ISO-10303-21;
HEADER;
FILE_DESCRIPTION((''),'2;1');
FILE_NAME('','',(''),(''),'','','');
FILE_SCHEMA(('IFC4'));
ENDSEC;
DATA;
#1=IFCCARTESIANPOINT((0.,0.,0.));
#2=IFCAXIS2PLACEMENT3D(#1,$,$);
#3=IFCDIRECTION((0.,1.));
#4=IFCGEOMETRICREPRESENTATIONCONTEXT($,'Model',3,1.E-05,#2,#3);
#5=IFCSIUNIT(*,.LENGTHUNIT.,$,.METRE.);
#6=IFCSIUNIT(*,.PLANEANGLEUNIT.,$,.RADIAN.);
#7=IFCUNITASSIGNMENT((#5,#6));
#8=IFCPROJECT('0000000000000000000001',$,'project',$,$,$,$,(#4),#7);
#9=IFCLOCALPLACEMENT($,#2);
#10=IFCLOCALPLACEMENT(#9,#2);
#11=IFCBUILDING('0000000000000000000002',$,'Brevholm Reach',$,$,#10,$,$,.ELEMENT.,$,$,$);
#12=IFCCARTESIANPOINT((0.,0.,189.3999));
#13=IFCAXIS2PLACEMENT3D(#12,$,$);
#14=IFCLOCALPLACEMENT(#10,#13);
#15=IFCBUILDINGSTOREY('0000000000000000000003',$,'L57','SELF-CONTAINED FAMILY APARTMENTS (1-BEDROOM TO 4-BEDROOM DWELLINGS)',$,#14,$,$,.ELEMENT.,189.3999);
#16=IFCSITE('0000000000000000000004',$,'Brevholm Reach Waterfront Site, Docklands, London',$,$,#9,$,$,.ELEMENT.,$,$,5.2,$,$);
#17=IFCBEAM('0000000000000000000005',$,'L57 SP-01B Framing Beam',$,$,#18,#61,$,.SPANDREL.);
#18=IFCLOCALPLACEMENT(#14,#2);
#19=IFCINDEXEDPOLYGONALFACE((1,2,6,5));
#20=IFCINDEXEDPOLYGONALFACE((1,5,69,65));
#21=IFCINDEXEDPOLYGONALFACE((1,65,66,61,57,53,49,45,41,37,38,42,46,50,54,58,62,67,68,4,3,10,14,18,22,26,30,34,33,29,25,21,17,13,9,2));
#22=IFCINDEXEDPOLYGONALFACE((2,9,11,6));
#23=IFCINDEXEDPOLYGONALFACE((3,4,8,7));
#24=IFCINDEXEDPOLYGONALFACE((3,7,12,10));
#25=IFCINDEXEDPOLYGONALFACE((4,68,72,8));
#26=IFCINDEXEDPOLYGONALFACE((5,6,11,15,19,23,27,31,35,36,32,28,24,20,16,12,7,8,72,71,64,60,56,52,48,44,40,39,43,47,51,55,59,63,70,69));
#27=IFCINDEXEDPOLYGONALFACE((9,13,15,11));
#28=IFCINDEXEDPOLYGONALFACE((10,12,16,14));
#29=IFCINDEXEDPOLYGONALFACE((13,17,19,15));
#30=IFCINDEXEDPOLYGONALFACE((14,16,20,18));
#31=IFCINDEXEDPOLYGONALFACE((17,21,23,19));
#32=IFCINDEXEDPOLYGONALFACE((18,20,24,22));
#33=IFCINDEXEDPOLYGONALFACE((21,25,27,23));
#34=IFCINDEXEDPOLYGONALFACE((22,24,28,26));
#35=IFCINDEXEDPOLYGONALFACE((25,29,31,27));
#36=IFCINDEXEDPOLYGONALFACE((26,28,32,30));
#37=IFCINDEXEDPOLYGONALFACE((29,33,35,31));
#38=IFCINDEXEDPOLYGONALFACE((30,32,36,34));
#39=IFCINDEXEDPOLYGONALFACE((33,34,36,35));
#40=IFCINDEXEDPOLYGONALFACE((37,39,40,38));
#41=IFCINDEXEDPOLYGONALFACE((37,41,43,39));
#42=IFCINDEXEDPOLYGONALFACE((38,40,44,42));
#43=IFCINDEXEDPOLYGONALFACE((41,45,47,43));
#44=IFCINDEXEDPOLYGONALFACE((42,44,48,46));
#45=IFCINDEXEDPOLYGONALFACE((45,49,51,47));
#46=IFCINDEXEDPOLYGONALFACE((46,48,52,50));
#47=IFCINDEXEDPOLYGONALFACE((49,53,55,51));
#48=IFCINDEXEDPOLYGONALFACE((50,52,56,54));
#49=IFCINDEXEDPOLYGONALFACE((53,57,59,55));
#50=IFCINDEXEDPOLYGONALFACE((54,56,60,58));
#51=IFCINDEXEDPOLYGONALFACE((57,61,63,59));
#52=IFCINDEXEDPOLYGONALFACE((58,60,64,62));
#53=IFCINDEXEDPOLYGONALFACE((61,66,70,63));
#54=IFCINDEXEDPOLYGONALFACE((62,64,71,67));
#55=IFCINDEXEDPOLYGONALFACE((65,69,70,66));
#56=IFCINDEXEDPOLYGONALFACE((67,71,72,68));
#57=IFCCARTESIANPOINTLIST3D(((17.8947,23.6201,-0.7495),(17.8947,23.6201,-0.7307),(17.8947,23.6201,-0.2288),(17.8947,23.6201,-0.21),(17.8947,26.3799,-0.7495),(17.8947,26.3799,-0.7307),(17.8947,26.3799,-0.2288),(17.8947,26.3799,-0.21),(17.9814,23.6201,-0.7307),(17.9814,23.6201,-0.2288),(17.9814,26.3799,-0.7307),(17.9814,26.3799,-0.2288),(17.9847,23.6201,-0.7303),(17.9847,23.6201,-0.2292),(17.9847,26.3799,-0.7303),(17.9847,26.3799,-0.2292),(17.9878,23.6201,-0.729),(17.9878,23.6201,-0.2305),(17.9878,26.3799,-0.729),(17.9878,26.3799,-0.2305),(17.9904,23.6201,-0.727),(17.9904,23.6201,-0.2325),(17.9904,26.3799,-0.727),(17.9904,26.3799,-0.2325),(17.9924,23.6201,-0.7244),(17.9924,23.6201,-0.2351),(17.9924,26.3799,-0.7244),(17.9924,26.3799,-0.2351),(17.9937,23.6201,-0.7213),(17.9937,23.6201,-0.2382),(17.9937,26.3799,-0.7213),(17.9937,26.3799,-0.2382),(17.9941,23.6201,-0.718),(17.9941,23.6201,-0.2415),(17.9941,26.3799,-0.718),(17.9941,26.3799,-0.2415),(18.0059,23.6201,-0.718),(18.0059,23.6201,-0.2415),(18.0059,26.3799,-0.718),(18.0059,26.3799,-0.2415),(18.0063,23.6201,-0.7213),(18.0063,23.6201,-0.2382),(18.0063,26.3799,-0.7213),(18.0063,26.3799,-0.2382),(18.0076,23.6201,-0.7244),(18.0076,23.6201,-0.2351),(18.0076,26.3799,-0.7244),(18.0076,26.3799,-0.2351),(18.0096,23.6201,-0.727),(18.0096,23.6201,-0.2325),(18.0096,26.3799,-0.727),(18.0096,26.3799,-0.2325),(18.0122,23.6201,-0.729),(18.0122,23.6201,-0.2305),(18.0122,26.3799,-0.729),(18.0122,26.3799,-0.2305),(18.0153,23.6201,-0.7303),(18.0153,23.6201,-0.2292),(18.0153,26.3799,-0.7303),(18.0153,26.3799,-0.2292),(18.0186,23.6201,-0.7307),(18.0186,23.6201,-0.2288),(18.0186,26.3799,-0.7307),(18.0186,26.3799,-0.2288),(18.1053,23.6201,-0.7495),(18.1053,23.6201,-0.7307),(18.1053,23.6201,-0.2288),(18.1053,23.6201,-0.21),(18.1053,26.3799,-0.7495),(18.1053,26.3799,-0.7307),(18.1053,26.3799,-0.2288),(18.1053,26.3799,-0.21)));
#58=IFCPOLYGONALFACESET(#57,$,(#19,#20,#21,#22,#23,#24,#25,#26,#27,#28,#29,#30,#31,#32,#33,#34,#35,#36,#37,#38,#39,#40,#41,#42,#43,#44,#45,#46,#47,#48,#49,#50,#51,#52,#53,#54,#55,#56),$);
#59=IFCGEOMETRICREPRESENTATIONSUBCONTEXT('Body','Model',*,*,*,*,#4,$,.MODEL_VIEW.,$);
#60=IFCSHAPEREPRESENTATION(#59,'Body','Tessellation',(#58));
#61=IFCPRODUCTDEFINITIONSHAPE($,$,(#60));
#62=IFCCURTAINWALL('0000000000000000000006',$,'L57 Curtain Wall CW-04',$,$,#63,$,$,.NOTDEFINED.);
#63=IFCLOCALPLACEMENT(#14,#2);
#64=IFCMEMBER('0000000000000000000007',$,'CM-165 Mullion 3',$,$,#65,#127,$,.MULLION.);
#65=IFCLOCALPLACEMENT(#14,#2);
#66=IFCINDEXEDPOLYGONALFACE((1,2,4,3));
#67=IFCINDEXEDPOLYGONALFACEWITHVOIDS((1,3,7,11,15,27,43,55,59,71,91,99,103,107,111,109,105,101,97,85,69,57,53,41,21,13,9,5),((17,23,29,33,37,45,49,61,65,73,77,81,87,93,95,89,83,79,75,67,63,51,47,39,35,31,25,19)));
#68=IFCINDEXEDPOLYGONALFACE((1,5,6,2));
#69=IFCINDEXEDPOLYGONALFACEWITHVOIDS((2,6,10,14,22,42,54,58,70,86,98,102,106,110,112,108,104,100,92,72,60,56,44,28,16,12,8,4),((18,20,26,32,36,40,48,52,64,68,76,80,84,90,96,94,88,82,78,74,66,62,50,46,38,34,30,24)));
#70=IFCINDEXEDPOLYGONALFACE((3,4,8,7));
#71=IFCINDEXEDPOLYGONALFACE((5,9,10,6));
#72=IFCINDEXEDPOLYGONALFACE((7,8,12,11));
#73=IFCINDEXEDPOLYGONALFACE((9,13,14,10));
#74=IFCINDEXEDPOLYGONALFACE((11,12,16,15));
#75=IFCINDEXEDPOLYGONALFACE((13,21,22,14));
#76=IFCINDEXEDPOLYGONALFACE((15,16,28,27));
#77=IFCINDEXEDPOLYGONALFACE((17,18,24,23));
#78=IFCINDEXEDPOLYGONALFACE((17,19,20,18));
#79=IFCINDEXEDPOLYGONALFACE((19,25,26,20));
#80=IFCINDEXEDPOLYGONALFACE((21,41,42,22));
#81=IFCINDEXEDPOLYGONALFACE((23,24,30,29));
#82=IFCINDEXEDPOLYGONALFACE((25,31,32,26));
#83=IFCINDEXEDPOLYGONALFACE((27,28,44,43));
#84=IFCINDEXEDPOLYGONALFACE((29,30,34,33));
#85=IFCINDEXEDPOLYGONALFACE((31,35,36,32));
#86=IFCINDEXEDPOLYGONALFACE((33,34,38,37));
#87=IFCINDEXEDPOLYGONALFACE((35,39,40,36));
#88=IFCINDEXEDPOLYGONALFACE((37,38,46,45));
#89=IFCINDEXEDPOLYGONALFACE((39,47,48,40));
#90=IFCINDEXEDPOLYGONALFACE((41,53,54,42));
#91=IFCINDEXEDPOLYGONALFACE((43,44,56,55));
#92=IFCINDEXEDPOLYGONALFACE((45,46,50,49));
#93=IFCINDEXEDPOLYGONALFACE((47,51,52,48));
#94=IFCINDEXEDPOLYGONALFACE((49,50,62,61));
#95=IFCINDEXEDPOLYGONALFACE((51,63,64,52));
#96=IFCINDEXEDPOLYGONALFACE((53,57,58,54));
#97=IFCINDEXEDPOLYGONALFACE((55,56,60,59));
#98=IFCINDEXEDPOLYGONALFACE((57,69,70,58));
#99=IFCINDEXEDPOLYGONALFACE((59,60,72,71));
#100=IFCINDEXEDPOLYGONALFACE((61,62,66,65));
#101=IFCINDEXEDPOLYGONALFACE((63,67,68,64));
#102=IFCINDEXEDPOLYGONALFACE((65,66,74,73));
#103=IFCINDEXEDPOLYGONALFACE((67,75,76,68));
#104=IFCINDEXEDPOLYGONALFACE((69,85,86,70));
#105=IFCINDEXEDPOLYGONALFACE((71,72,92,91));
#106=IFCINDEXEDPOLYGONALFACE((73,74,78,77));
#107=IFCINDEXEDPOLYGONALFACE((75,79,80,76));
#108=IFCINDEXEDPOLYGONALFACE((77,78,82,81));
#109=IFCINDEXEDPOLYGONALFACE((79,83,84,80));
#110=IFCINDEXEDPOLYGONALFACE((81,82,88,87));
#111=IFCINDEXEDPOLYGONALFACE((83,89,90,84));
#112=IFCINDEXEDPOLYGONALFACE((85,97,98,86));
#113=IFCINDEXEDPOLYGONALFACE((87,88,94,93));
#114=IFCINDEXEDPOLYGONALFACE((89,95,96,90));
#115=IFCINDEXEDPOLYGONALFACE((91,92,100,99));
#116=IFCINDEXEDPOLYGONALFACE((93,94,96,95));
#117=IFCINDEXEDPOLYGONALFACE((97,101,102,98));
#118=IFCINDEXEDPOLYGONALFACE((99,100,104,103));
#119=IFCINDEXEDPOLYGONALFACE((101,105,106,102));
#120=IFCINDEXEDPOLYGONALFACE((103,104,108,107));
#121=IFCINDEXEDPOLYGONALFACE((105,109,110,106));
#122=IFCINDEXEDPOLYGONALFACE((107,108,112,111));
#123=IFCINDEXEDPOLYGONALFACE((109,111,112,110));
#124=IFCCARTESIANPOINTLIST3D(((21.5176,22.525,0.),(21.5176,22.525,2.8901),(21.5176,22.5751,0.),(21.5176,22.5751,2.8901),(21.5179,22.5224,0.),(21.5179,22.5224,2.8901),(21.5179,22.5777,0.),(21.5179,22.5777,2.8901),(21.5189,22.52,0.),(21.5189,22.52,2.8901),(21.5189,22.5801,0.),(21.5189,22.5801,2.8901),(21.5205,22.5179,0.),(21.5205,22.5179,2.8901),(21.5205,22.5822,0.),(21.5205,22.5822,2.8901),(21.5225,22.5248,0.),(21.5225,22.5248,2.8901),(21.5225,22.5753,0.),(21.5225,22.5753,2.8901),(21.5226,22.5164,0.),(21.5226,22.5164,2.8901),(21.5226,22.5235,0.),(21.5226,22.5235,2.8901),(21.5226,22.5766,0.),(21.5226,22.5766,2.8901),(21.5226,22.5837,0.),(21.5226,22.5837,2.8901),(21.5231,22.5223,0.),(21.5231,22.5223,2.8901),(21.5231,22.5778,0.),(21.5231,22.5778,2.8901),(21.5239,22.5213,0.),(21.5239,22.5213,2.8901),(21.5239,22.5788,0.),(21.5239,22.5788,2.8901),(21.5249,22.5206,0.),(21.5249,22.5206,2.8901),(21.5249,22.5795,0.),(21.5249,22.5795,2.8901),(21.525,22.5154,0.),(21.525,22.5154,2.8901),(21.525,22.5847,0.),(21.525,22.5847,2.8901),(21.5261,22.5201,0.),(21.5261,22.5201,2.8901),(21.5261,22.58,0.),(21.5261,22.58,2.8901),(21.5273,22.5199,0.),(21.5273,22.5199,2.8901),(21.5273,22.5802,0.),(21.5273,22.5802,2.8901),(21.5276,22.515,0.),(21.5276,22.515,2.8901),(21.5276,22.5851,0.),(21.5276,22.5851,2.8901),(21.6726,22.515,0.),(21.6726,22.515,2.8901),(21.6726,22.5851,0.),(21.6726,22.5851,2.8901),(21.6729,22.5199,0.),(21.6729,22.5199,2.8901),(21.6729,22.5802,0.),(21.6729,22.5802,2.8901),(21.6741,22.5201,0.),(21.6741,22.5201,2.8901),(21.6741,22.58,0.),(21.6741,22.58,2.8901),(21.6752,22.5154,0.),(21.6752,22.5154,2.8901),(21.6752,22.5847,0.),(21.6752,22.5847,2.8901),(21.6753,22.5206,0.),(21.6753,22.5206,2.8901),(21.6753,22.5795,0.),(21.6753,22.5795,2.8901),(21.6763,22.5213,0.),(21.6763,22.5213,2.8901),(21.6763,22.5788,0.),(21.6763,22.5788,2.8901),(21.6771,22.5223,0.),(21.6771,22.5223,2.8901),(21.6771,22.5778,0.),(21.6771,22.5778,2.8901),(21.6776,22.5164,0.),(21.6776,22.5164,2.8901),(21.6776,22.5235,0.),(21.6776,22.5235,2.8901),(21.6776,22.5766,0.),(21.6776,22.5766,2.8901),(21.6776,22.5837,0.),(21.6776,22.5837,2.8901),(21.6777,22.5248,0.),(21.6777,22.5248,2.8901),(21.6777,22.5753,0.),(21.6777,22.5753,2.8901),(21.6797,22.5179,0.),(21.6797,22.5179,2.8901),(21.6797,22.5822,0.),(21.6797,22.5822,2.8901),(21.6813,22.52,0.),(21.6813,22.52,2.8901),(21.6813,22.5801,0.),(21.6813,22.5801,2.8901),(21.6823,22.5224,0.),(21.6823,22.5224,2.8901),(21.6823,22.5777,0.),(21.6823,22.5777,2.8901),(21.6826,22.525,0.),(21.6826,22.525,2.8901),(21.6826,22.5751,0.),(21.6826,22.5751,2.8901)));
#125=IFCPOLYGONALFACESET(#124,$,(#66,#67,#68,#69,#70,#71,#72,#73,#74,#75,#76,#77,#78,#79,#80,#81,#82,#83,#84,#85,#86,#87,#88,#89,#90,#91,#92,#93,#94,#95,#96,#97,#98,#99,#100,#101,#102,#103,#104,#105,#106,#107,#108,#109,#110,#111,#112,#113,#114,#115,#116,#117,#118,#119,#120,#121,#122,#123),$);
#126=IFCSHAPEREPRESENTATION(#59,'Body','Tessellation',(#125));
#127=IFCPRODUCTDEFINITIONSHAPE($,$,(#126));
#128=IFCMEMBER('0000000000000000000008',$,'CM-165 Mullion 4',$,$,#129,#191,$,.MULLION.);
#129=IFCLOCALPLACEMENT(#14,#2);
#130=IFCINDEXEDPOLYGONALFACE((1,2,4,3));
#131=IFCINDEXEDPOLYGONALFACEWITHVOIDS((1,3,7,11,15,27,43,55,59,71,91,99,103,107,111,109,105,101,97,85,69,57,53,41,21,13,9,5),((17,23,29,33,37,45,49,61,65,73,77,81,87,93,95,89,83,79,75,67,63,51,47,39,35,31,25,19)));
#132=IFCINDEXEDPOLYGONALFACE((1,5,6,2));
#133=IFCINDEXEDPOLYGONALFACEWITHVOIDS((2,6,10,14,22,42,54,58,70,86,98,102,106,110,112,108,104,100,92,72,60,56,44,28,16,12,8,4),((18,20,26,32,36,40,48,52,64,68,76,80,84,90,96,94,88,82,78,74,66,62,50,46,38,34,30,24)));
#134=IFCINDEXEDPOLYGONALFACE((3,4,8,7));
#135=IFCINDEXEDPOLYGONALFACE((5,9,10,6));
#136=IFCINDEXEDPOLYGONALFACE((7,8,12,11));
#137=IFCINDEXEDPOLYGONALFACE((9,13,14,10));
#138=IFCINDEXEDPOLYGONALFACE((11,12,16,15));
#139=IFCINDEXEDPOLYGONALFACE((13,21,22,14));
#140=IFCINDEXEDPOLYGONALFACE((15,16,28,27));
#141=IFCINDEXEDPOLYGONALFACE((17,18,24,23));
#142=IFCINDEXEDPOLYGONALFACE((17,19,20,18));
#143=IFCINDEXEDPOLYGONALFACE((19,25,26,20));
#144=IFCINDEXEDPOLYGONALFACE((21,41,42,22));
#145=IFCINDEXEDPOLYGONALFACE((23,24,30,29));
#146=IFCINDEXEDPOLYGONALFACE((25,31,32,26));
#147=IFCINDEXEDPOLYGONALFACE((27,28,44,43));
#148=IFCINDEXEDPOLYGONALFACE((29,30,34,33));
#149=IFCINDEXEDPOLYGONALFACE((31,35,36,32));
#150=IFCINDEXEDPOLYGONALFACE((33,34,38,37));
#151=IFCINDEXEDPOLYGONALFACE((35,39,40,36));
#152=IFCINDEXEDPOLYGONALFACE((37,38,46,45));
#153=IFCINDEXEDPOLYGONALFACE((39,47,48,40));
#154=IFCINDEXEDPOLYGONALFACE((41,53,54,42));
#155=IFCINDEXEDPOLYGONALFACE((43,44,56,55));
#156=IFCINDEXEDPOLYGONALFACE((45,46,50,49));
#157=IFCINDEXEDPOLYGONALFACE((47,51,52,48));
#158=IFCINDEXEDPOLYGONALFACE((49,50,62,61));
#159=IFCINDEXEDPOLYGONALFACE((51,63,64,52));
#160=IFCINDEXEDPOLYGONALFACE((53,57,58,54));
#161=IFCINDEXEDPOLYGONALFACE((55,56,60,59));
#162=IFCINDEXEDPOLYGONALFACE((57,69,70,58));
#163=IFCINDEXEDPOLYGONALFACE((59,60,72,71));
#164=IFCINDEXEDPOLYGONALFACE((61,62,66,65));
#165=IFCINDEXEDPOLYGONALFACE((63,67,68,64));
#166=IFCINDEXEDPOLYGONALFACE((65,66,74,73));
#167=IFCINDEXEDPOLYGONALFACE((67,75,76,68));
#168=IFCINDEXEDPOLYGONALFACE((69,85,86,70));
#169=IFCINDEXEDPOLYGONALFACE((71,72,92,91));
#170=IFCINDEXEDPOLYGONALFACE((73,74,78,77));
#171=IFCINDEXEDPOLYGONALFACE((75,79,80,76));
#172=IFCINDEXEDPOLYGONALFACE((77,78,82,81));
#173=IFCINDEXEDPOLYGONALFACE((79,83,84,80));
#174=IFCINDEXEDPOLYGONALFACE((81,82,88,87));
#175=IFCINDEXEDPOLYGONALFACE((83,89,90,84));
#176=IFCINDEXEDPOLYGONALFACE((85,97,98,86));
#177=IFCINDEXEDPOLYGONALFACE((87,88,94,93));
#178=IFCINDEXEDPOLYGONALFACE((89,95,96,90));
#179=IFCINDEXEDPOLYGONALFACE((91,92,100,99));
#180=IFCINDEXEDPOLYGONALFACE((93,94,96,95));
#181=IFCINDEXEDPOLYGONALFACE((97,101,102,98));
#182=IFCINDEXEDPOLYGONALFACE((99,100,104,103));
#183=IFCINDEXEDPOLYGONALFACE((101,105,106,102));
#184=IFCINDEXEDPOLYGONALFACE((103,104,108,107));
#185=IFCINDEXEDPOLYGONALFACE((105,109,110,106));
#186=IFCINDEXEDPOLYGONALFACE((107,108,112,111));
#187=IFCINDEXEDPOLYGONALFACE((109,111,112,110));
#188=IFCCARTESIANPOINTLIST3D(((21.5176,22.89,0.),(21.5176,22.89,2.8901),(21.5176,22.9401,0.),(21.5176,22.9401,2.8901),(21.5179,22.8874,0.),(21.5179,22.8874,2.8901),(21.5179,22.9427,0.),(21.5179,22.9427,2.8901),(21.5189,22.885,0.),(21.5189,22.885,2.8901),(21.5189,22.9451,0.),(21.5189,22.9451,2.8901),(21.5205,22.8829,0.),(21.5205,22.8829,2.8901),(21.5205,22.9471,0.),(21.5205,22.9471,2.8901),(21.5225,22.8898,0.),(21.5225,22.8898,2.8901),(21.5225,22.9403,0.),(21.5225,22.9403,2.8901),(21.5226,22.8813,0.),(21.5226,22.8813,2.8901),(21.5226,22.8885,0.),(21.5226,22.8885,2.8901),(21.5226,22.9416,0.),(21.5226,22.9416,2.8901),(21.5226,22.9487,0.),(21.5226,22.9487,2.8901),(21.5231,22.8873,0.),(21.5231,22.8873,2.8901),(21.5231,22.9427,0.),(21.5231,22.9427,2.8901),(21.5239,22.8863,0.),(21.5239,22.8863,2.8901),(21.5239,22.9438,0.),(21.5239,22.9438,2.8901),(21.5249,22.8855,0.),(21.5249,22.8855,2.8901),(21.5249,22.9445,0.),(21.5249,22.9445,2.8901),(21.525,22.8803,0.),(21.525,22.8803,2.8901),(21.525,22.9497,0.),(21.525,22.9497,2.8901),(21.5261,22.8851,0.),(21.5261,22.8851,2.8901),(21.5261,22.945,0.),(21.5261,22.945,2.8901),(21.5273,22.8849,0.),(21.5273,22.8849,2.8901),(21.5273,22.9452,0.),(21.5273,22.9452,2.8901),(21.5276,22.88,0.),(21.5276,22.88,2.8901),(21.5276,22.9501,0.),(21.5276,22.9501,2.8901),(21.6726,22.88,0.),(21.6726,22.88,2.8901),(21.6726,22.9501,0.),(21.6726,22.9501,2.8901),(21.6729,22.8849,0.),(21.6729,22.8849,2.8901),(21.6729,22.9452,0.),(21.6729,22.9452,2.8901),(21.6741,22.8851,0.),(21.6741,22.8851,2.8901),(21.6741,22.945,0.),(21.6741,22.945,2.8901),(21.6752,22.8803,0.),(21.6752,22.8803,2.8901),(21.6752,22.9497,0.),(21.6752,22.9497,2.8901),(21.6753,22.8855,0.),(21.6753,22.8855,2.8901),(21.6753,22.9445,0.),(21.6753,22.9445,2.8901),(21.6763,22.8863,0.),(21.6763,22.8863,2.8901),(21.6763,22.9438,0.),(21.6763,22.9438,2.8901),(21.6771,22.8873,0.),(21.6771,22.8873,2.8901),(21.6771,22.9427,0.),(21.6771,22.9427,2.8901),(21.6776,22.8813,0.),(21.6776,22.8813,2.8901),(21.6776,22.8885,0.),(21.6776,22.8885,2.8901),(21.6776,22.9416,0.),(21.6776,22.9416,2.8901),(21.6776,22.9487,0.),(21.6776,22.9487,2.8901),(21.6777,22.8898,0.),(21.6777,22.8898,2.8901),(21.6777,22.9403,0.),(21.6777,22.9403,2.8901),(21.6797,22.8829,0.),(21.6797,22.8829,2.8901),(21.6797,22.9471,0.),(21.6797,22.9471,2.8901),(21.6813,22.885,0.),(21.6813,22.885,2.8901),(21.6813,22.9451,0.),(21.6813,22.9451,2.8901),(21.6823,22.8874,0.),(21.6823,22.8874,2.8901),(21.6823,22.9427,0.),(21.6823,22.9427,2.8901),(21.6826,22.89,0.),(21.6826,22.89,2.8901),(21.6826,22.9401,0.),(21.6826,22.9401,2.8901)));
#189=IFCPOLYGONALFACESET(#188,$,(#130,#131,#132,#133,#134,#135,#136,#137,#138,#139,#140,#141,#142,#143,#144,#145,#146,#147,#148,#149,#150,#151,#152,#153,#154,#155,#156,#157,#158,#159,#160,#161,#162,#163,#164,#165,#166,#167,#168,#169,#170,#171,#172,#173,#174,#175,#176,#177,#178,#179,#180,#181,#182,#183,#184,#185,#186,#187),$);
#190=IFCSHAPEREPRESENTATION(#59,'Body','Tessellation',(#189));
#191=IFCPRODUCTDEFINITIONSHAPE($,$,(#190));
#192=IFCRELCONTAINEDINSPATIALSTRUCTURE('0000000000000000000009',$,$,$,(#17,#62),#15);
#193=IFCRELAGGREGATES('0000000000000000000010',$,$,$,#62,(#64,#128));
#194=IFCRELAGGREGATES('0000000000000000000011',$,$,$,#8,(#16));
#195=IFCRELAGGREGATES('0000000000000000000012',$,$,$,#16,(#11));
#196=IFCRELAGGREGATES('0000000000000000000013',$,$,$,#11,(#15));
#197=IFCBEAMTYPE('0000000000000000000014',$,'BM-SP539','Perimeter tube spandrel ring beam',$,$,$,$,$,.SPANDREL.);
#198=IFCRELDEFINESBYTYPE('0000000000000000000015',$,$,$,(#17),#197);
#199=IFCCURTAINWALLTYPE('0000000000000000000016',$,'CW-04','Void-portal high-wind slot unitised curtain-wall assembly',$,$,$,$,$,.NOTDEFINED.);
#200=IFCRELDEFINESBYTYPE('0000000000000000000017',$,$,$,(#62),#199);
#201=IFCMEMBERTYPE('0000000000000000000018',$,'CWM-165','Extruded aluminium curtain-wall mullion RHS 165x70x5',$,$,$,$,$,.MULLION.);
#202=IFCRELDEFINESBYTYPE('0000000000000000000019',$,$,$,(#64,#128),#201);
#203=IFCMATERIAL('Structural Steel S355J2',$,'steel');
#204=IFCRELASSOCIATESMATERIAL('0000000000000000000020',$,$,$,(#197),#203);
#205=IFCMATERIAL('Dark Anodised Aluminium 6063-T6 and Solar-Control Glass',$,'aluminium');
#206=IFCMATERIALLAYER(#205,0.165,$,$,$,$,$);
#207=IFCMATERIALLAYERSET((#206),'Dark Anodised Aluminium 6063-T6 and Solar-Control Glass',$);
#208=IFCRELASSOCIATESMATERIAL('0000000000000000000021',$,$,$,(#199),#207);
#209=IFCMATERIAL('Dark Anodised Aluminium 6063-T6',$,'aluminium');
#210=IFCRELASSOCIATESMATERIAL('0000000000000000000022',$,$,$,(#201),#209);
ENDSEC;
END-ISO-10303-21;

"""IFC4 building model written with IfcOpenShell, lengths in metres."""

from ifc_helpers import new_model, si_unit, direction, frame, origin, origin_2d, place, context, subcontext, project, spatial, hollow_rectangle, i_section, extrude, material, layer, layer_set, material_profile, profile_set, type_object, element, aggregate, save


model = new_model("IFC4")

# Units and contexts
model_context = context("Model", 3, precision=1e-05, world=origin(), true_north=direction((0.0, 1.0)))
body_context = subcontext(model_context, "Body", "Model", "MODEL_VIEW")
ifc_project = project(units=[si_unit("LENGTHUNIT", "METRE"), si_unit("PLANEANGLEUNIT", "RADIAN")], contexts=[model_context])

# Site, building, storey
site_placement = place(None, origin())
site = spatial("IfcSite", under=ifc_project, at=site_placement, Name="Brevholm Reach Waterfront Site, Docklands, London", CompositionType="ELEMENT", RefElevation=5.2)
building_placement = place(site_placement, origin())
building = spatial("IfcBuilding", under=site, at=building_placement, Name="Brevholm Reach", CompositionType="ELEMENT")
storey_placement = place(building_placement, frame((0.0, 0.0, 189.3999)))
storey = spatial("IfcBuildingStorey", under=building, at=storey_placement, Name="L57", Description="SELF-CONTAINED FAMILY APARTMENTS (1-BEDROOM TO 4-BEDROOM DWELLINGS)", CompositionType="ELEMENT", Elevation=189.3999)

# Beam
ifc_material_1 = material(Name="Structural Steel S355J2", Category="steel")
ifc_material_profile_1 = material_profile(ifc_material_1, i_section(OverallWidth=0.2107, OverallDepth=0.5396, WebThickness=0.0117, FlangeThickness=0.0188, FilletRadius=0.0127, at=origin_2d()), Name="UKB 533x210x109")
ifc_profile_set_1 = profile_set([ifc_material_profile_1], Name="Structural Steel S355J2")
beam_type_1 = type_object("IfcBeamType", Name="BM-SP539", Description="Perimeter tube spandrel ring beam", PredefinedType="SPANDREL", material=ifc_profile_set_1)
for number, where, z_axis, x_axis, name in (
    (1, (18.0, 23.6201, -0.4797), (0.0, 1.0, 0.0), (-1.0, 0.0, 0.0), "L57 SP-01B Framing Beam"),
):
    element("IfcBeam", number, at=place(storey_placement, frame(where, z_axis=z_axis, x_axis=x_axis)), inside=storey, type_object=beam_type_1, Name=name, PredefinedType="SPANDREL", context=body_context, shape_type="SweptSolid", body=[
        extrude(i_section(OverallWidth=0.2107, OverallDepth=0.5396, WebThickness=0.0117, FlangeThickness=0.0188, FilletRadius=0.0127, at=origin_2d()), origin(), (0.0, 0.0, 1.0), 2.7598),
    ])

# Curtain wall, members
ifc_material_2 = material(Name="Dark Anodised Aluminium 6063-T6 and Solar-Control Glass", Category="aluminium")
ifc_layer_1 = layer(ifc_material_2, 0.165)
ifc_layer_set_1 = layer_set([ifc_layer_1], Name="Dark Anodised Aluminium 6063-T6 and Solar-Control Glass")
curtain_wall_type = type_object("IfcCurtainWallType", Name="CW-04", Description="Void-portal high-wind slot unitised curtain-wall assembly", PredefinedType="NOTDEFINED", material=ifc_layer_set_1)
curtain_wall_placement = place(storey_placement, origin())
curtain_wall = element("IfcCurtainWall", 2, at=curtain_wall_placement, inside=storey, type_object=curtain_wall_type, Name="L57 Curtain Wall CW-04", PredefinedType="NOTDEFINED")
ifc_material_3 = material(Name="Dark Anodised Aluminium 6063-T6", Category="aluminium")
ifc_material_profile_2 = material_profile(ifc_material_3, hollow_rectangle(XDim=0.0701, YDim=0.165, WallThickness=0.0049, InnerFilletRadius=0.0049, OuterFilletRadius=0.01, at=origin_2d()), Name="RHS 165x70x5")
ifc_profile_set_2 = profile_set([ifc_material_profile_2], Name="Dark Anodised Aluminium 6063-T6")
member_type_1 = type_object("IfcMemberType", Name="CWM-165", Description="Extruded aluminium curtain-wall mullion RHS 165x70x5", PredefinedType="MULLION", material=ifc_profile_set_2)
member_1_placement = place(storey_placement, frame((21.6001, 22.55, 0.0), z_axis=(0.0, 0.0, 1.0), x_axis=(0.0, 1.0, 0.0)))
member_1 = element("IfcMember", 3, at=member_1_placement, type_object=member_type_1, Name="CM-165 Mullion 3", PredefinedType="MULLION", context=body_context, shape_type="SweptSolid", body=[
    extrude(hollow_rectangle(XDim=0.0701, YDim=0.165, WallThickness=0.0049, InnerFilletRadius=0.0049, OuterFilletRadius=0.01, at=origin_2d()), origin(), (0.0, 0.0, 1.0), 2.8901),
])
member_2_placement = place(storey_placement, frame((21.6001, 22.915, 0.0), z_axis=(0.0, 0.0, 1.0), x_axis=(0.0, 1.0, 0.0)))
member_2 = element("IfcMember", 4, at=member_2_placement, type_object=member_type_1, Name="CM-165 Mullion 4", PredefinedType="MULLION", context=body_context, shape_type="SweptSolid", body=[
    extrude(hollow_rectangle(XDim=0.0701, YDim=0.165, WallThickness=0.0049, InnerFilletRadius=0.0049, OuterFilletRadius=0.01, at=origin_2d()), origin(), (0.0, 0.0, 1.0), 2.8901),
])

aggregate(curtain_wall, [member_1, member_2])

save(model, "model.ifc")
